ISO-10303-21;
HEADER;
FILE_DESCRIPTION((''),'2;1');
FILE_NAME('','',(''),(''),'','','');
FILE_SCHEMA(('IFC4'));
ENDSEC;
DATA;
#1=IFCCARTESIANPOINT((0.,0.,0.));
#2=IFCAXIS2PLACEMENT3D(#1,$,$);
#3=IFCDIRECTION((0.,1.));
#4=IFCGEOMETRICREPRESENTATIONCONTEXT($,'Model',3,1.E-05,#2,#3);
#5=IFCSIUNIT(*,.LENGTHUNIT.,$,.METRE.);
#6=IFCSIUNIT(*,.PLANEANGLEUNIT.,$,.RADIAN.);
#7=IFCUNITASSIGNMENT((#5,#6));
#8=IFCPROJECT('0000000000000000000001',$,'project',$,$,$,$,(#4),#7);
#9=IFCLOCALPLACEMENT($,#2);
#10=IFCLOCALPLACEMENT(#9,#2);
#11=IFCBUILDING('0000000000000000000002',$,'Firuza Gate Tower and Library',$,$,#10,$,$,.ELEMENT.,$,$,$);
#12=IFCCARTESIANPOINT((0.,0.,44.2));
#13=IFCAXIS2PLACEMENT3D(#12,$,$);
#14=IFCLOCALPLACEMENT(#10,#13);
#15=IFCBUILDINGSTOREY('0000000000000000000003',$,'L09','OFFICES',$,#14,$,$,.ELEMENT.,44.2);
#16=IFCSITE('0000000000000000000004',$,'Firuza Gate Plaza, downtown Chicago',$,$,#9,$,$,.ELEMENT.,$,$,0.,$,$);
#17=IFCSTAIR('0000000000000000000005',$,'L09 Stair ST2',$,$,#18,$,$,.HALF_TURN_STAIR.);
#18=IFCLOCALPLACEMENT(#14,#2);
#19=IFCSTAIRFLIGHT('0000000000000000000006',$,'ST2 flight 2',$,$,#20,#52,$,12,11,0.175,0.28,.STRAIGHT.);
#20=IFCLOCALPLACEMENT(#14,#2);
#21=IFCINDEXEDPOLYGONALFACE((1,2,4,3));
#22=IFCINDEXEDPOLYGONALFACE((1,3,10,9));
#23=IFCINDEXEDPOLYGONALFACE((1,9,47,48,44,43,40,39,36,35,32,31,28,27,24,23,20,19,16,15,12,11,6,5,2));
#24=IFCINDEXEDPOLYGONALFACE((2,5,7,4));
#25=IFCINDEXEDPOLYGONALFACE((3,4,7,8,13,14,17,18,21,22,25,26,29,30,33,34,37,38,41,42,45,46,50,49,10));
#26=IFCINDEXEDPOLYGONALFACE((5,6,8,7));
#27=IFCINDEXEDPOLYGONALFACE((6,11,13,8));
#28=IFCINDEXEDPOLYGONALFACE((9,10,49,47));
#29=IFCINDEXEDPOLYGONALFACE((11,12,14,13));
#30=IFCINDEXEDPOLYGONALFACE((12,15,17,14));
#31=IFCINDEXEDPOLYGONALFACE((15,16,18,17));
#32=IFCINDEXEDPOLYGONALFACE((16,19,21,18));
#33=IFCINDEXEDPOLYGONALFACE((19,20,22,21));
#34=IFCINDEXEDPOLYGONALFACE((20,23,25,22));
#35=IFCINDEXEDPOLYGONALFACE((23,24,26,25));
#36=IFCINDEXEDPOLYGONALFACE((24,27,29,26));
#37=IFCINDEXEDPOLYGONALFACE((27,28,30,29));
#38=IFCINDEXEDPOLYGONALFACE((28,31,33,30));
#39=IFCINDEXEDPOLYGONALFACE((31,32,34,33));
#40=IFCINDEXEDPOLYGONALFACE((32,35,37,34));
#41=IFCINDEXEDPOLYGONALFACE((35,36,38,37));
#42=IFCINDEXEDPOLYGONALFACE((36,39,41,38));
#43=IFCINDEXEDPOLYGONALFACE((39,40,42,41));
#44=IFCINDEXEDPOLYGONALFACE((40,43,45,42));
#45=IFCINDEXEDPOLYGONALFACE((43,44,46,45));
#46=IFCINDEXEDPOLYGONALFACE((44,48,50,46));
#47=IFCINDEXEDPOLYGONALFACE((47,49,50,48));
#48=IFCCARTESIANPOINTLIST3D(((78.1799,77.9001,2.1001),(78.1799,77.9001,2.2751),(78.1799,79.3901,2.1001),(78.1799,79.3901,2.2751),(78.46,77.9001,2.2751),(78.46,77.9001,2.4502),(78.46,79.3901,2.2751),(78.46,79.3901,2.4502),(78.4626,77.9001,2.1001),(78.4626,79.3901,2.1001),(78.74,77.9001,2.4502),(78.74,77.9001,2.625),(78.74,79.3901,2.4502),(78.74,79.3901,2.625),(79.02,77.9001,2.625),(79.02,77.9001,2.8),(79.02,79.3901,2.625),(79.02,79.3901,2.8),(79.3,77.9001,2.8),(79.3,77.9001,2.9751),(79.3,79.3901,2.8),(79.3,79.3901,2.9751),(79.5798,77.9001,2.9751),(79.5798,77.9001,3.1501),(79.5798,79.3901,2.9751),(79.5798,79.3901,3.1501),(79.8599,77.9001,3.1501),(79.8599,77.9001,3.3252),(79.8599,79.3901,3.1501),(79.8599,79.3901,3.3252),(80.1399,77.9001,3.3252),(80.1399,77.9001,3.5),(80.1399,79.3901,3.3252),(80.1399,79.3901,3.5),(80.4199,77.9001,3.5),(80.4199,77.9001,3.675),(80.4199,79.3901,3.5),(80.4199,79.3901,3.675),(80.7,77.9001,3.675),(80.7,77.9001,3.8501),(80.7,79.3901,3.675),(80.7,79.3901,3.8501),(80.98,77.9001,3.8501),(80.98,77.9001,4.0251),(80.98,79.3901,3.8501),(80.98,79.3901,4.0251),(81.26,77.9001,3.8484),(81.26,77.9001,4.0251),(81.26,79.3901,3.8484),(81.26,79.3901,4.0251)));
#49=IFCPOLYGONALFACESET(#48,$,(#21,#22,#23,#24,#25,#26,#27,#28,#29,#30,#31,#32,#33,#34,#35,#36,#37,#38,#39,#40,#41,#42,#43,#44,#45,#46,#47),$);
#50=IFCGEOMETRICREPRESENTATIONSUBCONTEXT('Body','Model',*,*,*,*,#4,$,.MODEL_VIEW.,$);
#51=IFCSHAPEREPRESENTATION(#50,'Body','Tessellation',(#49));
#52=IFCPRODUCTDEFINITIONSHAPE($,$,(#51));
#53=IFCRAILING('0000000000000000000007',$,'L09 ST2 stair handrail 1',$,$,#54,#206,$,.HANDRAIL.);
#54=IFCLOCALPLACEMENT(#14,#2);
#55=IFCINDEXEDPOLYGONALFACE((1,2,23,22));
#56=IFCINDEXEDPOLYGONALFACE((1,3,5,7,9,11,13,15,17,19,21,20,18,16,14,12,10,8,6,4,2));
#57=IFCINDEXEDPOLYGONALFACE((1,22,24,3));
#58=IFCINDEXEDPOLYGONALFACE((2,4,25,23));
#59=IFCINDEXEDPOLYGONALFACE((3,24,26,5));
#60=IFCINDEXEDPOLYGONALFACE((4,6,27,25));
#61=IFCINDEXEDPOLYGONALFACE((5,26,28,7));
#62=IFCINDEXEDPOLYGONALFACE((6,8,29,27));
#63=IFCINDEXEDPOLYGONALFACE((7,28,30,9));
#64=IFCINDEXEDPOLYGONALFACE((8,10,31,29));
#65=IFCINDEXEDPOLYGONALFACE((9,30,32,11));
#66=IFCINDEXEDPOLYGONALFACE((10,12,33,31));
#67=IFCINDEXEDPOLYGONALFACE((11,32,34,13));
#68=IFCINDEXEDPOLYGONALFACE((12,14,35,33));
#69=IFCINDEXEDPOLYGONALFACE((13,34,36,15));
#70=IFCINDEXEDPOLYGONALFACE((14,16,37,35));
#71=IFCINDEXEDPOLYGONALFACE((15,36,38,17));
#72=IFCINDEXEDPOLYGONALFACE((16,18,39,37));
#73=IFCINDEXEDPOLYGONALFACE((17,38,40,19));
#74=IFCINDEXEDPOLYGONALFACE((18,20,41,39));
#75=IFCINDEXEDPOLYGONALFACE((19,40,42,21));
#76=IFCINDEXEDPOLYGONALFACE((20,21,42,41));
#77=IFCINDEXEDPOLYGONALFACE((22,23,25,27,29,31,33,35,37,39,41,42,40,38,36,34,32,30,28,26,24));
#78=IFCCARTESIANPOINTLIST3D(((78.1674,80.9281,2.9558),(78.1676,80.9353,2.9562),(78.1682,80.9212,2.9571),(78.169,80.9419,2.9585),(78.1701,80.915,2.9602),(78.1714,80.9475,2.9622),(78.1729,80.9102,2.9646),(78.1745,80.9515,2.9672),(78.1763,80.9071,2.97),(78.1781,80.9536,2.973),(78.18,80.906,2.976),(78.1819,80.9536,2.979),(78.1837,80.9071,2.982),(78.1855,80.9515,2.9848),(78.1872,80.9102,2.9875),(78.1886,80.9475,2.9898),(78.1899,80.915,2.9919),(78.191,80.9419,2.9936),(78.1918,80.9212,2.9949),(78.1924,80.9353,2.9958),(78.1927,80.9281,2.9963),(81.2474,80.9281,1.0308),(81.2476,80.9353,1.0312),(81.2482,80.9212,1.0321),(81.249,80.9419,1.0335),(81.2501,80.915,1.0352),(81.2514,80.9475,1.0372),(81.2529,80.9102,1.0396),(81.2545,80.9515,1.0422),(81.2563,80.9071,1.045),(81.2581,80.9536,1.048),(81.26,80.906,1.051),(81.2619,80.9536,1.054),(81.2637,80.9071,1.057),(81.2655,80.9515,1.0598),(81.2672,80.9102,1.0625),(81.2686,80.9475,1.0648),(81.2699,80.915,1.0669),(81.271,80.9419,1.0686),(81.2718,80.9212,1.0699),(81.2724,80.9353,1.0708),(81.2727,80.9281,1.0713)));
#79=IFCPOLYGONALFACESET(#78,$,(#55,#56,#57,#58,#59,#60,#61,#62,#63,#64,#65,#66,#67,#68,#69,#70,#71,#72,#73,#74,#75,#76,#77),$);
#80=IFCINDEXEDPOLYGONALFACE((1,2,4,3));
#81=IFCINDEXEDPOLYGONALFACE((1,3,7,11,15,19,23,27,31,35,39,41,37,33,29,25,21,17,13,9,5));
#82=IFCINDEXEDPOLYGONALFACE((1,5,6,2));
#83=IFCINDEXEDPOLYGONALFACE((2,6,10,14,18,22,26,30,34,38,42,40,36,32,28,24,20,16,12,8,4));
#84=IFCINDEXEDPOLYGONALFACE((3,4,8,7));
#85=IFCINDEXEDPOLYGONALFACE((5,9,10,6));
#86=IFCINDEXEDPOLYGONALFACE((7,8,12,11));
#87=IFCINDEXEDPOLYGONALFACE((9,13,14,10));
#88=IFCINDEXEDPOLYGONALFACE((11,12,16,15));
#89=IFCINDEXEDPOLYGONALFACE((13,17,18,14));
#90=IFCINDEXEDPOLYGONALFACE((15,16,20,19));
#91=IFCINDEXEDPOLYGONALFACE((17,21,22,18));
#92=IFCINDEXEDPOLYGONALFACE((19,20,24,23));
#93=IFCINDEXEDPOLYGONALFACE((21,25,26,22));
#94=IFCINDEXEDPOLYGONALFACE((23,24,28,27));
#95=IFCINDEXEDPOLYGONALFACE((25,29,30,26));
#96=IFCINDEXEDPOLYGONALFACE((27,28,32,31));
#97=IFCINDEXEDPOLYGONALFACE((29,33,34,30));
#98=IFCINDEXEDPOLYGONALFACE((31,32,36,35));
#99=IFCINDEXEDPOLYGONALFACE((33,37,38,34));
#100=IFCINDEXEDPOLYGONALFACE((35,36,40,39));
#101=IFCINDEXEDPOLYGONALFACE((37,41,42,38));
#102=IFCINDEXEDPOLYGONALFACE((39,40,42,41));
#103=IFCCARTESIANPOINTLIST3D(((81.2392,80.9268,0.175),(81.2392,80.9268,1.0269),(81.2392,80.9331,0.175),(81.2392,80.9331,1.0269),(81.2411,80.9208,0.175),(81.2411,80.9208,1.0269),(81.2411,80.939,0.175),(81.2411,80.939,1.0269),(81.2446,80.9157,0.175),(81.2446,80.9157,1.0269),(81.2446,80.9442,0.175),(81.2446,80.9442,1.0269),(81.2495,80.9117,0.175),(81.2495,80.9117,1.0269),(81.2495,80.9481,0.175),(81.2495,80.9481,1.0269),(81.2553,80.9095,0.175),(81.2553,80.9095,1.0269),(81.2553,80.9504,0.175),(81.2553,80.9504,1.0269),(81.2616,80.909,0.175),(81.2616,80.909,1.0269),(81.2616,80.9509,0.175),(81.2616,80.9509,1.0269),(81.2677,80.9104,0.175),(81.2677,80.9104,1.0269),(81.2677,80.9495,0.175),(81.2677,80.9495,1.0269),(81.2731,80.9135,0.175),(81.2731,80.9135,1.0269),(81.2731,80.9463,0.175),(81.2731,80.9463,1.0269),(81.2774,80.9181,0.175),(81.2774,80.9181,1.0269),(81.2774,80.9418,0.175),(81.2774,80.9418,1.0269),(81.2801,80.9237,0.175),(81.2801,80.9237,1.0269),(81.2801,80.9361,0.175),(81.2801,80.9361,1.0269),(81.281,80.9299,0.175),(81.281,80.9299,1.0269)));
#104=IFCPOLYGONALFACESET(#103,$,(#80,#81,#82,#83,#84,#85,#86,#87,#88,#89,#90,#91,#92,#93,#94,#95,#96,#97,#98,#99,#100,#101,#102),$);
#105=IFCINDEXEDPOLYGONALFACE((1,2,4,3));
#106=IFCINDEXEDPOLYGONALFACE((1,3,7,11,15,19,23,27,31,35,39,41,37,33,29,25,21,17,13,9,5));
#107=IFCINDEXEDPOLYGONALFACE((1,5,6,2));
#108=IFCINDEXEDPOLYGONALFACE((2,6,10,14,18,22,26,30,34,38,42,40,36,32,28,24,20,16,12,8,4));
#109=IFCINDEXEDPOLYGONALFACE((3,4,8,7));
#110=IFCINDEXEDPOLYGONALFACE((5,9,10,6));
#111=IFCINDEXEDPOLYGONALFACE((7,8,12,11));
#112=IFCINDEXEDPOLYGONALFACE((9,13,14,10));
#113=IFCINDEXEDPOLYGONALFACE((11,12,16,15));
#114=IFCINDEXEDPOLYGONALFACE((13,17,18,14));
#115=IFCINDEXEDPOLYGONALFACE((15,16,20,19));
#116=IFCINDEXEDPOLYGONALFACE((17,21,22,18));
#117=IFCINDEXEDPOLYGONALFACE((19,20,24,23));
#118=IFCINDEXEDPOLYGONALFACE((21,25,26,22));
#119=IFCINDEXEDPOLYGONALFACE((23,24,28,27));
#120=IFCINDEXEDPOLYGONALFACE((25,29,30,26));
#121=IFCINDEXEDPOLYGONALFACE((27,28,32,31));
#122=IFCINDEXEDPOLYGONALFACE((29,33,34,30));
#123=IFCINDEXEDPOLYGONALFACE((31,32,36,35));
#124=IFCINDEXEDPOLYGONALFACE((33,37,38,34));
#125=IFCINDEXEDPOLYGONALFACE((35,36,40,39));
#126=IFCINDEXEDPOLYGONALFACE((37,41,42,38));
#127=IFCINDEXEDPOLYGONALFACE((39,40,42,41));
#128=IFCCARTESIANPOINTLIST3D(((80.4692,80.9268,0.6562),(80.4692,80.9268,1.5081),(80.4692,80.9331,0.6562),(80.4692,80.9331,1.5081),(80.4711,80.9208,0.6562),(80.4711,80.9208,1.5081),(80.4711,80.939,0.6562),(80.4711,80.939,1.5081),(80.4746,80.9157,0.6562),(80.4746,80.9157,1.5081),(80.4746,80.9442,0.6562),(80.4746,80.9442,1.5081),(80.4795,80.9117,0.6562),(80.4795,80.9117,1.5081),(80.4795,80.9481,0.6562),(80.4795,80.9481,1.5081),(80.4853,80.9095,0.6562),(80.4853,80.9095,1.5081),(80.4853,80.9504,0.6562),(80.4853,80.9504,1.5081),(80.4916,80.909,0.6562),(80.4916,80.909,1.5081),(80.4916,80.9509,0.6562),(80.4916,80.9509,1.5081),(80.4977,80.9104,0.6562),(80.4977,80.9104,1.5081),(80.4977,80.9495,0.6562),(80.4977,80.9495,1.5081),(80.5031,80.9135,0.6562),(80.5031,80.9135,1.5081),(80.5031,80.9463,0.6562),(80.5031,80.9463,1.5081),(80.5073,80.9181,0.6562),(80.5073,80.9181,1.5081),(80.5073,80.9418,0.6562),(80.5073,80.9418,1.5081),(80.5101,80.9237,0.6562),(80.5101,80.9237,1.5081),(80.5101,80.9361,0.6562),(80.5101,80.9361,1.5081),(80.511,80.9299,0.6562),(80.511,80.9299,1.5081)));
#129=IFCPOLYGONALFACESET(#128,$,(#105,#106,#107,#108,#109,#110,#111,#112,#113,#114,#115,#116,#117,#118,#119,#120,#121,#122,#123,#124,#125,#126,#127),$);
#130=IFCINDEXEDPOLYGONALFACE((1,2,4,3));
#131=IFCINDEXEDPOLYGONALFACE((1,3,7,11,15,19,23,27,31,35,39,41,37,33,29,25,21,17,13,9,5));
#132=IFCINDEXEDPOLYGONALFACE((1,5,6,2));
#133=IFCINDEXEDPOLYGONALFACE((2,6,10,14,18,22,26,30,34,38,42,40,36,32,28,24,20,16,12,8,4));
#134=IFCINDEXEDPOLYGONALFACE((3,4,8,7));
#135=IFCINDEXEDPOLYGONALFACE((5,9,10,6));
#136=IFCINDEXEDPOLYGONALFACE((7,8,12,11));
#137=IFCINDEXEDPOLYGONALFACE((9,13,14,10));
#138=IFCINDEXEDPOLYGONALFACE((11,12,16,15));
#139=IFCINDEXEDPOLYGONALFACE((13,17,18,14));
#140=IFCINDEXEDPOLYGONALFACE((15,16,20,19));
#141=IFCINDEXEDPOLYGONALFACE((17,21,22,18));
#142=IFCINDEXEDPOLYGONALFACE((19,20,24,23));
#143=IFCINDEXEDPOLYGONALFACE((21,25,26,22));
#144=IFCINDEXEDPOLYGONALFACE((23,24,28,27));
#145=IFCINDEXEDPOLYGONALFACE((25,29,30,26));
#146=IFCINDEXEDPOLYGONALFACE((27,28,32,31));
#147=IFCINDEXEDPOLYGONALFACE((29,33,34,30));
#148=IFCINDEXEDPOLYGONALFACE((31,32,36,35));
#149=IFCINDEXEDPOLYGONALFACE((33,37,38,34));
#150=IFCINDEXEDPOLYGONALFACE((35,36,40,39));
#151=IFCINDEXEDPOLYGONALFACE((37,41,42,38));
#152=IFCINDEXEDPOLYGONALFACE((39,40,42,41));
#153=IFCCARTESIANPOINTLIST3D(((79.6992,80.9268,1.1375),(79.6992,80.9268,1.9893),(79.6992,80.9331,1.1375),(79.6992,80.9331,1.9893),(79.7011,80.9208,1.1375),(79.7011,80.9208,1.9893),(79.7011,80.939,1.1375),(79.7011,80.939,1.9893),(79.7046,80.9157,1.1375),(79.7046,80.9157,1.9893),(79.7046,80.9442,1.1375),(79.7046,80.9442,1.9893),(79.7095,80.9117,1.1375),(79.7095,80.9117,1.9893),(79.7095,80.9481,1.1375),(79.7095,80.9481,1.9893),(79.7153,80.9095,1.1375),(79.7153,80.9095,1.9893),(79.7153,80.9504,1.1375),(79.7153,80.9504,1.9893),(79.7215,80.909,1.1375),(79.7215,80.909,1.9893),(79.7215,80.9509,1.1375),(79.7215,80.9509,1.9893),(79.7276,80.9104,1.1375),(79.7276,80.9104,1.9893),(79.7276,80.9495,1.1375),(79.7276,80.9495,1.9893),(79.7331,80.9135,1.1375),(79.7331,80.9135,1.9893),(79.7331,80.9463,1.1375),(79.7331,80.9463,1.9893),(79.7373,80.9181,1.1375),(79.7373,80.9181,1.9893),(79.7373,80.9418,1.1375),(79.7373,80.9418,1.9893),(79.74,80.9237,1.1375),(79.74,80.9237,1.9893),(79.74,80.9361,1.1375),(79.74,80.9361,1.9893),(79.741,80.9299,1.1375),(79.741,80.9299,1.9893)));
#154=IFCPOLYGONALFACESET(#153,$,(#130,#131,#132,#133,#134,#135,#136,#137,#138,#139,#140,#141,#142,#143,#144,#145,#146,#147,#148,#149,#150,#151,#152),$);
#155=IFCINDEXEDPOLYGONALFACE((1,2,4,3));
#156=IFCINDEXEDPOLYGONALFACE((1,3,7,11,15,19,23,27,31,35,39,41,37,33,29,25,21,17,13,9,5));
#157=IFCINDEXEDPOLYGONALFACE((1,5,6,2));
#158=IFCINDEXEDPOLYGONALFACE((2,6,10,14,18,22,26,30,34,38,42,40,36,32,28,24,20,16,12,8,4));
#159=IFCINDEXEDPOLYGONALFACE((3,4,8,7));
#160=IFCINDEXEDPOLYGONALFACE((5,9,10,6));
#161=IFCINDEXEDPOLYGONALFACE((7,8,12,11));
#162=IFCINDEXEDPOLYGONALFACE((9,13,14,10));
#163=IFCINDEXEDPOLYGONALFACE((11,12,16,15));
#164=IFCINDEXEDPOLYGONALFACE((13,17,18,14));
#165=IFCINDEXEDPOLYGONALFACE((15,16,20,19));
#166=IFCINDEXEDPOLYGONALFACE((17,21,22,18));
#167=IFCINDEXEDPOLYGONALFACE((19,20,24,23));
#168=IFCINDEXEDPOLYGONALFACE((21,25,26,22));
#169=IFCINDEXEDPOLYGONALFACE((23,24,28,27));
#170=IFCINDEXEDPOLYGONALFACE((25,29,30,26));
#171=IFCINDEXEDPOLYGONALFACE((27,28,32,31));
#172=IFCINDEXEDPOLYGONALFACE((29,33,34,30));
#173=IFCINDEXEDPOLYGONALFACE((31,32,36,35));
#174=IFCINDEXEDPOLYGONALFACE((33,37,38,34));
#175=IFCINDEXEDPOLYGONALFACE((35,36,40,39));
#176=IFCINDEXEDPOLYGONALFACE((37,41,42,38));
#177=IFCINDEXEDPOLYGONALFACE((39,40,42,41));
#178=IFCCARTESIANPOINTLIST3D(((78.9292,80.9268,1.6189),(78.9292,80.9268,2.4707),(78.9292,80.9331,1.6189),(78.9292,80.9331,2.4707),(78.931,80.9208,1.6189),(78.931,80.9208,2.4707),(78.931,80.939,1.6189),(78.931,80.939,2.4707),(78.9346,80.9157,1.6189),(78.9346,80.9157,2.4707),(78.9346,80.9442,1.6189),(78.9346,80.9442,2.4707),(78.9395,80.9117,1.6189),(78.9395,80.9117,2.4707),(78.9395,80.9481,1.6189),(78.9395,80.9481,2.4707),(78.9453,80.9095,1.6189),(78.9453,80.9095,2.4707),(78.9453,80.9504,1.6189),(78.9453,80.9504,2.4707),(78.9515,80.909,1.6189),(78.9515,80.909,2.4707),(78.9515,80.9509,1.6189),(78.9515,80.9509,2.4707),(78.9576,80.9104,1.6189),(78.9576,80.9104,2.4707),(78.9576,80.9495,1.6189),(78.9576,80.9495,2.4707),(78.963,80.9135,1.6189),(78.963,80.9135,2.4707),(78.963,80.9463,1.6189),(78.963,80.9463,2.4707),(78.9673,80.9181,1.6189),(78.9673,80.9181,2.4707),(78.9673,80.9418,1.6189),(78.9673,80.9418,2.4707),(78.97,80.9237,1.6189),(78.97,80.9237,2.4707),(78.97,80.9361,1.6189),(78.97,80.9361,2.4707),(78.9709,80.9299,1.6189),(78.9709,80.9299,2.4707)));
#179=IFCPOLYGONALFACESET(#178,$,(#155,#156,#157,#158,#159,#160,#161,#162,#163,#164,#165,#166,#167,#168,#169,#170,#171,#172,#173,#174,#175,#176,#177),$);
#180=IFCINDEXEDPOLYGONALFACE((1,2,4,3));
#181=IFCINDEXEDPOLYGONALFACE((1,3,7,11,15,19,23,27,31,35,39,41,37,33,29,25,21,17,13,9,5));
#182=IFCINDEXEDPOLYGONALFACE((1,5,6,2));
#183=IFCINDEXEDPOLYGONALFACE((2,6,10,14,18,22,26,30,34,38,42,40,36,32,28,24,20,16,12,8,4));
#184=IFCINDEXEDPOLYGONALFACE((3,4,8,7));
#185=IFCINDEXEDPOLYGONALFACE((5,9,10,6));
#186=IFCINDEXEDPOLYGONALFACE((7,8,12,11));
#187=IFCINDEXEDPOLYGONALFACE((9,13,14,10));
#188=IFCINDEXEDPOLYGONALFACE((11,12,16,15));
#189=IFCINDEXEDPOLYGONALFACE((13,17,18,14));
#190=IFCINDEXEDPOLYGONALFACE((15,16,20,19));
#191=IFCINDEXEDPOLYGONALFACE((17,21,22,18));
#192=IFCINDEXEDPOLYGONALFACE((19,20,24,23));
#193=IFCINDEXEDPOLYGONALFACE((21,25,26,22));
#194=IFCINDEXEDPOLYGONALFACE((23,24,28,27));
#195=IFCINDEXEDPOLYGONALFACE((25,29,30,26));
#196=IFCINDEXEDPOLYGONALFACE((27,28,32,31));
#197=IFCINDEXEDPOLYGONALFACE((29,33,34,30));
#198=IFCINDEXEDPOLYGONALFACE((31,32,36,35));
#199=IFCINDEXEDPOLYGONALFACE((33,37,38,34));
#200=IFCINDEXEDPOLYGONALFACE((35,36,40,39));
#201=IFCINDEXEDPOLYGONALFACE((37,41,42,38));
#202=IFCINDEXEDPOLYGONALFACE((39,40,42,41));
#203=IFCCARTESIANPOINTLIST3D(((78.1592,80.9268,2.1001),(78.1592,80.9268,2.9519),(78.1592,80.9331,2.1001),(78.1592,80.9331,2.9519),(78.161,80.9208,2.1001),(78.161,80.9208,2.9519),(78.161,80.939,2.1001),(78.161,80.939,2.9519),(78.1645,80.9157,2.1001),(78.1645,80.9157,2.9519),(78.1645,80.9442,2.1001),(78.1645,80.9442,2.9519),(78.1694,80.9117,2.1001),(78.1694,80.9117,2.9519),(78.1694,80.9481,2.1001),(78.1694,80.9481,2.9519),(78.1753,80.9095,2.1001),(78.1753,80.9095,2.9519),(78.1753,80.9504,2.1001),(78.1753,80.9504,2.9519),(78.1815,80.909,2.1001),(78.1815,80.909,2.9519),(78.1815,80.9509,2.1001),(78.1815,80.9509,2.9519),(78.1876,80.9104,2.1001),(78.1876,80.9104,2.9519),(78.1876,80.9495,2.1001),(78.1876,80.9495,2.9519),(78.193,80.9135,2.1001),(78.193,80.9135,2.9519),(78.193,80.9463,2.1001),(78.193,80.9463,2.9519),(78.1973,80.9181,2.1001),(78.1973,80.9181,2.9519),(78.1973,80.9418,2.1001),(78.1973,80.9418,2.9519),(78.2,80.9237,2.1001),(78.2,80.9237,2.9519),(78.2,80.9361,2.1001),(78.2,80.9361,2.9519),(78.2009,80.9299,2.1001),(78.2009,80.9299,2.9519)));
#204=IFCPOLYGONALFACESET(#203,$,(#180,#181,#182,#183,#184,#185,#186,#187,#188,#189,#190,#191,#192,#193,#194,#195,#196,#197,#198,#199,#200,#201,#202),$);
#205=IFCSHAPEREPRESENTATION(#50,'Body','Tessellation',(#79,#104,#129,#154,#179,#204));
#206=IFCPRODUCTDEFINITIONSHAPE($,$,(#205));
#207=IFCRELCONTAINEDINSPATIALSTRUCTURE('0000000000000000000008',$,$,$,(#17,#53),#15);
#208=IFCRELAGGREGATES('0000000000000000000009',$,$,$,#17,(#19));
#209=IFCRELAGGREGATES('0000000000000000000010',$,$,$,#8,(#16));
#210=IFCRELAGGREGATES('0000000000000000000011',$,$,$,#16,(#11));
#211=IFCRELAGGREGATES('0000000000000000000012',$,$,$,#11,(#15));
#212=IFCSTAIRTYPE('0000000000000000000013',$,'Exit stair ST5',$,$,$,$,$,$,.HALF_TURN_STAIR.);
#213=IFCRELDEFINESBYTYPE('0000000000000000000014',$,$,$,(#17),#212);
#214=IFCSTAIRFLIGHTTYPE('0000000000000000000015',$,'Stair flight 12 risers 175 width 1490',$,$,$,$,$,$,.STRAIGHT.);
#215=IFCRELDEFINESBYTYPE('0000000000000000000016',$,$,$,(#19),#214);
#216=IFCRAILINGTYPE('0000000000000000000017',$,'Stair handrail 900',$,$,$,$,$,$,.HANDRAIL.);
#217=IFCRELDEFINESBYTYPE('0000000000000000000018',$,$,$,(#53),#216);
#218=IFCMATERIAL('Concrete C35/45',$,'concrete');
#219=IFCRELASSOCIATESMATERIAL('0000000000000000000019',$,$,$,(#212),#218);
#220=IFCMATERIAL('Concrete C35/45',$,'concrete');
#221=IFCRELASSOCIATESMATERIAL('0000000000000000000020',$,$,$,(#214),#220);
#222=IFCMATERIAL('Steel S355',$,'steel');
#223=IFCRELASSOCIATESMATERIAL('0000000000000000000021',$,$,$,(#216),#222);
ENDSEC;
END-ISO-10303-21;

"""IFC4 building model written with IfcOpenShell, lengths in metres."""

from ifc_helpers import new_model, si_unit, direction, frame, origin, origin_2d, place, context, subcontext, project, spatial, polyline, circle, outline, extrude, material, type_object, element, aggregate, save


model = new_model("IFC4")

# Units and contexts
model_context = context("Model", 3, precision=1e-05, world=origin(), true_north=direction((0.0, 1.0)))
body_context = subcontext(model_context, "Body", "Model", "MODEL_VIEW")
ifc_project = project(units=[si_unit("LENGTHUNIT", "METRE"), si_unit("PLANEANGLEUNIT", "RADIAN")], contexts=[model_context])

# Site, building, storey
site_placement = place(None, origin())
site = spatial("IfcSite", under=ifc_project, at=site_placement, Name="Firuza Gate Plaza, downtown Chicago", CompositionType="ELEMENT", RefElevation=0.0)
building_placement = place(site_placement, origin())
building = spatial("IfcBuilding", under=site, at=building_placement, Name="Firuza Gate Tower and Library", CompositionType="ELEMENT")
storey_placement = place(building_placement, frame((0.0, 0.0, 44.2)))
storey = spatial("IfcBuildingStorey", under=building, at=storey_placement, Name="L09", Description="OFFICES", CompositionType="ELEMENT", Elevation=44.2)

# Shared definitions
placement = place(storey_placement, origin())

# Stair, stair flight
ifc_material_1 = material(Name="Concrete C35/45", Category="concrete")
stair_type = type_object("IfcStairType", Name="Exit stair ST5", PredefinedType="HALF_TURN_STAIR", material=ifc_material_1)
stair = element("IfcStair", 1, at=placement, inside=storey, type_object=stair_type, Name="L09 Stair ST2", PredefinedType="HALF_TURN_STAIR")
ifc_material_2 = material(Name="Concrete C35/45", Category="concrete")
stair_flight_type = type_object("IfcStairFlightType", Name="Stair flight 12 risers 175 width 1490", PredefinedType="STRAIGHT", material=ifc_material_2)
stair_flight_1_placement = place(storey_placement, frame((78.1799, 78.645, 2.1001), z_axis=(0.0, 0.0, 1.0), x_axis=(1.0, 0.0, 0.0)))
stair_flight_1 = element("IfcStairFlight", 2, at=stair_flight_1_placement, type_object=stair_flight_type, Name="ST2 flight 2", NumberOfRisers=12, NumberOfTreads=11, PredefinedType="STRAIGHT", RiserHeight=0.175, TreadLength=0.28, context=body_context, shape_type="SweptSolid", body=[
    extrude(outline(polyline([(0.0, 0.0), (0.0, 0.175), (0.28, 0.175), (0.28, 0.3501), (0.5601, 0.3501), (0.5601, 0.5249), (0.8401, 0.5249), (0.8401, 0.7), (1.1201, 0.7), (1.1201, 0.875), (1.3999, 0.875), (1.3999, 1.05), (1.6799, 1.05), (1.6799, 1.2251), (1.96, 1.2251), (1.96, 1.3999), (2.24, 1.3999), (2.24, 1.575), (2.52, 1.575), (2.52, 1.75), (2.8, 1.75), (2.8, 1.925), (3.0801, 1.925), (3.0801, 2.1001), (3.0801, 1.7483), (0.2827, 0.0), (0.0, 0.0)])), frame((0.0, 0.7451, 0.0), z_axis=(0.0, -1.0, 0.0), x_axis=(1.0, 0.0, 0.0)), (0.0, 0.0, 1.0), 1.49),
])
aggregate(stair, [stair_flight_1])

# Railing
ifc_material_3 = material(Name="Steel S355", Category="steel")
railing_type_1 = type_object("IfcRailingType", Name="Stair handrail 900", PredefinedType="HANDRAIL", material=ifc_material_3)
railing_1_placement = place(storey_placement, frame((81.26, 80.9299, 0.175)))
element("IfcRailing", 3, at=railing_1_placement, inside=storey, type_object=railing_type_1, Name="L09 ST2 stair handrail 1", PredefinedType="HANDRAIL", context=body_context, shape_type="SweptSolid", body=[
    extrude(circle(Radius=0.0239, at=origin_2d()), frame((0.0, 0.0, 0.876), z_axis=(-0.847998, 0.0, 0.529999), x_axis=(0.0, -1.0, 0.0)), (0.0, 0.0, 1.0), 3.6321),
    extrude(circle(Radius=0.021, at=origin_2d()), origin(), (0.0, 0.0, 1.0), 0.8518),
    extrude(circle(Radius=0.021, at=origin_2d()), frame((-0.77, 0.0, 0.4812)), (0.0, 0.0, 1.0), 0.8518),
    extrude(circle(Radius=0.021, at=origin_2d()), frame((-1.54, 0.0, 0.9624)), (0.0, 0.0, 1.0), 0.8518),
    extrude(circle(Radius=0.021, at=origin_2d()), frame((-2.3101, 0.0, 1.4438)), (0.0, 0.0, 1.0), 0.8518),
    extrude(circle(Radius=0.021, at=origin_2d()), frame((-3.0801, 0.0, 1.925)), (0.0, 0.0, 1.0), 0.8518),
])

save(model, "model.ifc")
